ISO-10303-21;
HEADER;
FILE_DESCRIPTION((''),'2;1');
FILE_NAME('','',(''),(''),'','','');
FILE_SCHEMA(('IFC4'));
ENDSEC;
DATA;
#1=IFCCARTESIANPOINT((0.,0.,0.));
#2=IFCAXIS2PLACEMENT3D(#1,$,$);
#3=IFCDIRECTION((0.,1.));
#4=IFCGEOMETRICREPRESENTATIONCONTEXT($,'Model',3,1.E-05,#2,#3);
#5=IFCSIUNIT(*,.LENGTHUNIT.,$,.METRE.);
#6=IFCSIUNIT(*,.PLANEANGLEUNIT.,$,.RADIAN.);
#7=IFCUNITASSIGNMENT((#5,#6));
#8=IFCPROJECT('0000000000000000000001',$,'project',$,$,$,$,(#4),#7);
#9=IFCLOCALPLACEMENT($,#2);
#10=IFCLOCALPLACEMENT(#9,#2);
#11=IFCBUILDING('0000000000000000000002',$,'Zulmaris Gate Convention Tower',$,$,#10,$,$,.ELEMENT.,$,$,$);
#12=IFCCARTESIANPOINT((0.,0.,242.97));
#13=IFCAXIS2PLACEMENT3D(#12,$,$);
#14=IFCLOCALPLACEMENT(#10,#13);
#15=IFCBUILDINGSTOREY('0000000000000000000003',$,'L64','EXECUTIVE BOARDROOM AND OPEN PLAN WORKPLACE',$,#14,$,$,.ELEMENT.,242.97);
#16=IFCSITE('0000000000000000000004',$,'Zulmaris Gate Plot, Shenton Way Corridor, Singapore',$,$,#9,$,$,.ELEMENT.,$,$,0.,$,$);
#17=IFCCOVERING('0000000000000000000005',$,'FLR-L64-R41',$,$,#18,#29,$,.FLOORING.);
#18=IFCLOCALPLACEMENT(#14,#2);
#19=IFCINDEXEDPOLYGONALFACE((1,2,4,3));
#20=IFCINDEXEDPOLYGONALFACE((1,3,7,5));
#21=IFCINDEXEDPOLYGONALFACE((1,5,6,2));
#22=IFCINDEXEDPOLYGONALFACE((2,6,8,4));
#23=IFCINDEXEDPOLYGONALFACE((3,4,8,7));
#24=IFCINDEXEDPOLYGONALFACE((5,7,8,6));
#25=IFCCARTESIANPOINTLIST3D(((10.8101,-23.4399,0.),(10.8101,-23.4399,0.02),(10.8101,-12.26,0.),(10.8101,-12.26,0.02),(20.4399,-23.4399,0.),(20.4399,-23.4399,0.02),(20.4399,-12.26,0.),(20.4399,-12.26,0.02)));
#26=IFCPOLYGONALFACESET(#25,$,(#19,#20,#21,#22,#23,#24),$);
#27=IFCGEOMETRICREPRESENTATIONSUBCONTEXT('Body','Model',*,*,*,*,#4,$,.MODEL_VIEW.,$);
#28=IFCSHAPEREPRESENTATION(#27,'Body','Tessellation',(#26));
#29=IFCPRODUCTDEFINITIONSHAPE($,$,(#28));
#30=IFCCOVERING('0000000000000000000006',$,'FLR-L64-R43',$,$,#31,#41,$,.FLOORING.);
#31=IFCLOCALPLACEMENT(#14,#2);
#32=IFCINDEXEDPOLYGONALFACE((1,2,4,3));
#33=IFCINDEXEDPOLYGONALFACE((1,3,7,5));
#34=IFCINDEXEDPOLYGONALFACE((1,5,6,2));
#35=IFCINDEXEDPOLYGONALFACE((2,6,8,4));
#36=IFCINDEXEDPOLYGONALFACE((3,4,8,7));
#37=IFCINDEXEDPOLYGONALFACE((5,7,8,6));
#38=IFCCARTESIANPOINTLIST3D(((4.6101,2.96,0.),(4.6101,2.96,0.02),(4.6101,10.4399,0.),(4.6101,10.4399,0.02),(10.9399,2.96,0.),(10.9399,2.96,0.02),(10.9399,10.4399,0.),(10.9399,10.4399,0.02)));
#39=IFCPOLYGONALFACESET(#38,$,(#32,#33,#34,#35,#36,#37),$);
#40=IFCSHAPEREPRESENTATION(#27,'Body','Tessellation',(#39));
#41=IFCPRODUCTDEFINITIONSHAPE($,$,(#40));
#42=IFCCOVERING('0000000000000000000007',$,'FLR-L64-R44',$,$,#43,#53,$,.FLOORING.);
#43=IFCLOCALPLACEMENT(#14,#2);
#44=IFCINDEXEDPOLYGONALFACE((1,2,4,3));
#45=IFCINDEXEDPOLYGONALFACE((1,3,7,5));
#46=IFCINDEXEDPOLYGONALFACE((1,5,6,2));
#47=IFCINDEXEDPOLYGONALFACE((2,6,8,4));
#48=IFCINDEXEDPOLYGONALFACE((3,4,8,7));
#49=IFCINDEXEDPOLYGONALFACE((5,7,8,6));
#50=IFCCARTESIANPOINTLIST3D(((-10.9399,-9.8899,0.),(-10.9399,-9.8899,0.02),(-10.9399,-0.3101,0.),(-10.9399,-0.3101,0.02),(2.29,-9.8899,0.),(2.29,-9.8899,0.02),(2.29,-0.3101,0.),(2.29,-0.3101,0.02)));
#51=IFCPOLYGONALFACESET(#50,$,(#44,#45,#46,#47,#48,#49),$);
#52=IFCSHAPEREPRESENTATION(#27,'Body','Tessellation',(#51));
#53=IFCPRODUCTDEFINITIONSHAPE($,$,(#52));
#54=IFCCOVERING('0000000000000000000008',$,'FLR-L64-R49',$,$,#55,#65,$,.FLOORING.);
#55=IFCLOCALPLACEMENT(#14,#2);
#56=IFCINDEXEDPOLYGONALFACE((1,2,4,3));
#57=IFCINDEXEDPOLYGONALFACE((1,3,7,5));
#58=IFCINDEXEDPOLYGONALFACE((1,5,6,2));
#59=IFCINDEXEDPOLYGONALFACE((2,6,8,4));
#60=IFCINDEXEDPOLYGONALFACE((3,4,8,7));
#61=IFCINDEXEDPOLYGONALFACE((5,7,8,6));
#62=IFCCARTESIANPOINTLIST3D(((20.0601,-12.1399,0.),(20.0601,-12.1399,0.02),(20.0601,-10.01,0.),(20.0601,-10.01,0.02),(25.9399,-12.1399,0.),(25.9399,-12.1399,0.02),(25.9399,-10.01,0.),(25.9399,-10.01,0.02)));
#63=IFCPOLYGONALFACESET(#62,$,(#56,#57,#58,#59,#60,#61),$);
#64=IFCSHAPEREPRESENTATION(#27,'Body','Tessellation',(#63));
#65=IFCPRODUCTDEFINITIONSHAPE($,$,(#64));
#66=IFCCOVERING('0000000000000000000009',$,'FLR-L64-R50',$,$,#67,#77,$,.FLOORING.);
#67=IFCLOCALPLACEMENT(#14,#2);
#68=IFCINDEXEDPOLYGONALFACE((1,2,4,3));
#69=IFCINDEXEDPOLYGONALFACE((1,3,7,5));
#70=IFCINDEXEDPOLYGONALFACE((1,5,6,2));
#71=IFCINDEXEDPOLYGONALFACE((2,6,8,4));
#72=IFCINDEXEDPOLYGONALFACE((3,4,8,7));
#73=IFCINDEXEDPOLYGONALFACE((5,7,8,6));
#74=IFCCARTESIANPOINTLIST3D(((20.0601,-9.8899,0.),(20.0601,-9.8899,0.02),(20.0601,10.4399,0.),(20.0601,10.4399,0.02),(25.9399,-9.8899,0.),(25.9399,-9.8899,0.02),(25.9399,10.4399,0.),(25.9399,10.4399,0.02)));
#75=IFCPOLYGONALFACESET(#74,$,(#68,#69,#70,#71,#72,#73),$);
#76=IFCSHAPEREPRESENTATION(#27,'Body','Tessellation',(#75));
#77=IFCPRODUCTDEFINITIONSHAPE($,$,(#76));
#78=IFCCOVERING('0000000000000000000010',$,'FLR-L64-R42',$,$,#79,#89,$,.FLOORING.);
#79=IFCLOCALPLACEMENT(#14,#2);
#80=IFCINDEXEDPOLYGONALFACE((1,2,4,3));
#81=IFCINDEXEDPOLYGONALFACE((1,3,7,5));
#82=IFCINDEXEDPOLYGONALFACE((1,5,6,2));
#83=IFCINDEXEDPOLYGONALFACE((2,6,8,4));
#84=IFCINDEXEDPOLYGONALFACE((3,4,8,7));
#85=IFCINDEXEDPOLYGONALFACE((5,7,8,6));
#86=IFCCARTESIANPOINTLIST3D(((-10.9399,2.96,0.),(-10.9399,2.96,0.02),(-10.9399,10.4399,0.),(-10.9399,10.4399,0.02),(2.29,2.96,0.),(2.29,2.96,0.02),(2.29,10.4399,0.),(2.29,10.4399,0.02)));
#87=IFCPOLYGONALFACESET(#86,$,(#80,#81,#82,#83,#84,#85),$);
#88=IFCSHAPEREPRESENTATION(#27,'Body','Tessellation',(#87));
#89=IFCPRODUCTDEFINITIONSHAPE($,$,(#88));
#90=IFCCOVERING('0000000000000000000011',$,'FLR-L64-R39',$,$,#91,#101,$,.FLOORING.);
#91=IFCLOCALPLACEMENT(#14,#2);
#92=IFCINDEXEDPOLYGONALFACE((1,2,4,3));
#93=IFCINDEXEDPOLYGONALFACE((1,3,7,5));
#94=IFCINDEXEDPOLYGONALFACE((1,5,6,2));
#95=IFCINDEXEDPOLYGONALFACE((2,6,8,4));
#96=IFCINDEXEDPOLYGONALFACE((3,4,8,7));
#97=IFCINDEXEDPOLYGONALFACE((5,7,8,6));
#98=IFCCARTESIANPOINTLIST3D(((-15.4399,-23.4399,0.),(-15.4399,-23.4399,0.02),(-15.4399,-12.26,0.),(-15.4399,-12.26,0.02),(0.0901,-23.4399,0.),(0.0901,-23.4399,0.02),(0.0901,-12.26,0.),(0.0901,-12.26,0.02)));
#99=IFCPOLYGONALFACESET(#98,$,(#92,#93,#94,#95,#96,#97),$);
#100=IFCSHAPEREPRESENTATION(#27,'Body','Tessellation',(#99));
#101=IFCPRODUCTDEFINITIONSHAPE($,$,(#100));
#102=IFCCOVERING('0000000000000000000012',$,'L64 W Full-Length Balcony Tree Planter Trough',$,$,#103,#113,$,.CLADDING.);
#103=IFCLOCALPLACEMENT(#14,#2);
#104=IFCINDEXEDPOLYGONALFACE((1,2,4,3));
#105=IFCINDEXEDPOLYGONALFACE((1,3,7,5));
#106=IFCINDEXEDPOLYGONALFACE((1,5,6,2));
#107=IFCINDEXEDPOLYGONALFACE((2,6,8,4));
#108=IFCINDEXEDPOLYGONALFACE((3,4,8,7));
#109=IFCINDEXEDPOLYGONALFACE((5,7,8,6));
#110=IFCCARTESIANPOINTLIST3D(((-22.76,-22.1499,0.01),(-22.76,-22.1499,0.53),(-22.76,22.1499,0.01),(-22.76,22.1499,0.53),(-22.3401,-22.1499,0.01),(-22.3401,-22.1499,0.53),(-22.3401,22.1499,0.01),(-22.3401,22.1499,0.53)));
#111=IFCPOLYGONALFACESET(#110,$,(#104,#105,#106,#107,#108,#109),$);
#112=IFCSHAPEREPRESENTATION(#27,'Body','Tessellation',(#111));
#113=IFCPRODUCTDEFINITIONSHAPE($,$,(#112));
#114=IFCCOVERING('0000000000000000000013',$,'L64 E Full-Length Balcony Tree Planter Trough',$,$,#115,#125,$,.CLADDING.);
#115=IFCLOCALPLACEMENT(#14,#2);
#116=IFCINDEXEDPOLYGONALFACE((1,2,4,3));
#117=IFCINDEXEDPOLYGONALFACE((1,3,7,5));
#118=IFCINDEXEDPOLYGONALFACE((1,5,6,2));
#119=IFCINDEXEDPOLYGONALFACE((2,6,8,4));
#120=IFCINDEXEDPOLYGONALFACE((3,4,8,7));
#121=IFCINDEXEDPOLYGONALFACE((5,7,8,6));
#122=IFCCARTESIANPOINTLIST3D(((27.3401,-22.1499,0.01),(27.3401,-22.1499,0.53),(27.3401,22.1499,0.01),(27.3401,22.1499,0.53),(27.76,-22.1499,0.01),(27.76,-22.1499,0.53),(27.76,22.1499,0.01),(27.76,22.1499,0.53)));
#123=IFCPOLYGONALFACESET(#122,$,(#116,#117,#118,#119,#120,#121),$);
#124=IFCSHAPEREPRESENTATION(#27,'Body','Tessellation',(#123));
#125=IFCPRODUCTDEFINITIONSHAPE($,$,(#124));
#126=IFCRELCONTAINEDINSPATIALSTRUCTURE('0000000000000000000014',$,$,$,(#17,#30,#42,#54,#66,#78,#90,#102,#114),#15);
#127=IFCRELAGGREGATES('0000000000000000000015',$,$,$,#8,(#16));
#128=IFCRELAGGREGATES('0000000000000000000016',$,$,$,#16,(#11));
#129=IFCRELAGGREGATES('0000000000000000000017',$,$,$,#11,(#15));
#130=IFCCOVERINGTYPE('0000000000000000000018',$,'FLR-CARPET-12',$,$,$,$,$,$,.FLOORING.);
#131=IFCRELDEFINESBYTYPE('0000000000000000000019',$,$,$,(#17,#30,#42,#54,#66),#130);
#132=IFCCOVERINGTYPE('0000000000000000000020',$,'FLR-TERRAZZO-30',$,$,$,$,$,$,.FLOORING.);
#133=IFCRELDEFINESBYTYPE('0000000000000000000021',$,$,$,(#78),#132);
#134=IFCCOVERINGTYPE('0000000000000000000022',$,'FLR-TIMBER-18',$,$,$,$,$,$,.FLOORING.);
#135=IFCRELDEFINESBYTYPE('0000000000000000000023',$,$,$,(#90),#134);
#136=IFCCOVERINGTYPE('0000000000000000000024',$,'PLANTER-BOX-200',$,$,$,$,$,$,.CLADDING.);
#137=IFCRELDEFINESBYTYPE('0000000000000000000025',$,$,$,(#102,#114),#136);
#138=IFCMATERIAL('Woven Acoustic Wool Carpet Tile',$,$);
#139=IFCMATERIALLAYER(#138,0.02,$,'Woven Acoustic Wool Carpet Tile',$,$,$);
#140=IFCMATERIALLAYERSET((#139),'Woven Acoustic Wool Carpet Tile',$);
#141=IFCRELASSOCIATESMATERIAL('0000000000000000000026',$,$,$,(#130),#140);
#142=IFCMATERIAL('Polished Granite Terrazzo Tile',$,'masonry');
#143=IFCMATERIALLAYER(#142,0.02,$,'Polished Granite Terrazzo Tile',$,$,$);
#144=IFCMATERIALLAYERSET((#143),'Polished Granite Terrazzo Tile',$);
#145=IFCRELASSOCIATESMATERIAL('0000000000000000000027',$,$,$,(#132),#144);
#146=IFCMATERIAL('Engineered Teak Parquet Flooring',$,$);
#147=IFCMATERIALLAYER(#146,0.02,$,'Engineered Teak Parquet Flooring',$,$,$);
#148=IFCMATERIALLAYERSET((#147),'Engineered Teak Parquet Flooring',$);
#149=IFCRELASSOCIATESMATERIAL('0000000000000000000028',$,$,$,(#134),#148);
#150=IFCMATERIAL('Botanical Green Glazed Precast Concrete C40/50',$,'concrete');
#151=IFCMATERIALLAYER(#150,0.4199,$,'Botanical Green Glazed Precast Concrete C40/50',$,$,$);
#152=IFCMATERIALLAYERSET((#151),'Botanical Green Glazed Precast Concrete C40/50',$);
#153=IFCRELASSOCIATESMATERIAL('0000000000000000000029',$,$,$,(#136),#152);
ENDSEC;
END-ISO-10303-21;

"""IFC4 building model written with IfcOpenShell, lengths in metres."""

from ifc_helpers import new_model, si_unit, direction, frame, origin, place, context, subcontext, project, spatial, polyline, outline, extrude, material, layer, layer_set, type_object, element, save


model = new_model("IFC4")

# Units and contexts
model_context = context("Model", 3, precision=1e-05, world=origin(), true_north=direction((0.0, 1.0)))
body_context = subcontext(model_context, "Body", "Model", "MODEL_VIEW")
ifc_project = project(units=[si_unit("LENGTHUNIT", "METRE"), si_unit("PLANEANGLEUNIT", "RADIAN")], contexts=[model_context])

# Site, building, storey
site_placement = place(None, origin())
site = spatial("IfcSite", under=ifc_project, at=site_placement, Name="Zulmaris Gate Plot, Shenton Way Corridor, Singapore", CompositionType="ELEMENT", RefElevation=0.0)
building_placement = place(site_placement, origin())
building = spatial("IfcBuilding", under=site, at=building_placement, Name="Zulmaris Gate Convention Tower", CompositionType="ELEMENT")
storey_placement = place(building_placement, frame((0.0, 0.0, 242.97)))
storey = spatial("IfcBuildingStorey", under=building, at=storey_placement, Name="L64", Description="EXECUTIVE BOARDROOM AND OPEN PLAN WORKPLACE", CompositionType="ELEMENT", Elevation=242.97)

# Coverings
ifc_material_1 = material(Name="Woven Acoustic Wool Carpet Tile")
ifc_layer_1 = layer(ifc_material_1, 0.02, Name="Woven Acoustic Wool Carpet Tile")
ifc_layer_set_1 = layer_set([ifc_layer_1], Name="Woven Acoustic Wool Carpet Tile")
covering_type_1 = type_object("IfcCoveringType", Name="FLR-CARPET-12", PredefinedType="FLOORING", material=ifc_layer_set_1)
covering_1_placement = place(storey_placement, origin())
element("IfcCovering", 1, at=covering_1_placement, inside=storey, type_object=covering_type_1, Name="FLR-L64-R41", PredefinedType="FLOORING", context=body_context, shape_type="SweptSolid", body=[
    extrude(outline(polyline([(10.8101, -23.4399), (20.4399, -23.4399), (20.4399, -12.26), (10.8101, -12.26), (10.8101, -23.4399)])), origin(), (0.0, 0.0, 1.0), 0.02),
])
covering_2_placement = place(storey_placement, origin())
element("IfcCovering", 2, at=covering_2_placement, inside=storey, type_object=covering_type_1, Name="FLR-L64-R43", PredefinedType="FLOORING", context=body_context, shape_type="SweptSolid", body=[
    extrude(outline(polyline([(4.6101, 2.96), (10.9399, 2.96), (10.9399, 10.4399), (4.6101, 10.4399), (4.6101, 2.96)])), origin(), (0.0, 0.0, 1.0), 0.02),
])
covering_3_placement = place(storey_placement, origin())
element("IfcCovering", 3, at=covering_3_placement, inside=storey, type_object=covering_type_1, Name="FLR-L64-R44", PredefinedType="FLOORING", context=body_context, shape_type="SweptSolid", body=[
    extrude(outline(polyline([(-10.9399, -9.8899), (2.29, -9.8899), (2.29, -0.3101), (-10.9399, -0.3101), (-10.9399, -9.8899)])), origin(), (0.0, 0.0, 1.0), 0.02),
])
covering_4_placement = place(storey_placement, origin())
element("IfcCovering", 4, at=covering_4_placement, inside=storey, type_object=covering_type_1, Name="FLR-L64-R49", PredefinedType="FLOORING", context=body_context, shape_type="SweptSolid", body=[
    extrude(outline(polyline([(20.0601, -12.1399), (25.9399, -12.1399), (25.9399, -10.01), (20.0601, -10.01), (20.0601, -12.1399)])), origin(), (0.0, 0.0, 1.0), 0.02),
])
covering_5_placement = place(storey_placement, origin())
element("IfcCovering", 5, at=covering_5_placement, inside=storey, type_object=covering_type_1, Name="FLR-L64-R50", PredefinedType="FLOORING", context=body_context, shape_type="SweptSolid", body=[
    extrude(outline(polyline([(20.0601, -9.8899), (25.9399, -9.8899), (25.9399, 10.4399), (20.0601, 10.4399), (20.0601, -9.8899)])), origin(), (0.0, 0.0, 1.0), 0.02),
])
ifc_material_2 = material(Name="Polished Granite Terrazzo Tile", Category="masonry")
ifc_layer_2 = layer(ifc_material_2, 0.02, Name="Polished Granite Terrazzo Tile")
ifc_layer_set_2 = layer_set([ifc_layer_2], Name="Polished Granite Terrazzo Tile")
covering_type_2 = type_object("IfcCoveringType", Name="FLR-TERRAZZO-30", PredefinedType="FLOORING", material=ifc_layer_set_2)
covering_6_placement = place(storey_placement, origin())
element("IfcCovering", 6, at=covering_6_placement, inside=storey, type_object=covering_type_2, Name="FLR-L64-R42", PredefinedType="FLOORING", context=body_context, shape_type="SweptSolid", body=[
    extrude(outline(polyline([(-10.9399, 2.96), (2.29, 2.96), (2.29, 10.4399), (-10.9399, 10.4399), (-10.9399, 2.96)])), origin(), (0.0, 0.0, 1.0), 0.02),
])
ifc_material_3 = material(Name="Engineered Teak Parquet Flooring")
ifc_layer_3 = layer(ifc_material_3, 0.02, Name="Engineered Teak Parquet Flooring")
ifc_layer_set_3 = layer_set([ifc_layer_3], Name="Engineered Teak Parquet Flooring")
covering_type_3 = type_object("IfcCoveringType", Name="FLR-TIMBER-18", PredefinedType="FLOORING", material=ifc_layer_set_3)
covering_7_placement = place(storey_placement, origin())
element("IfcCovering", 7, at=covering_7_placement, inside=storey, type_object=covering_type_3, Name="FLR-L64-R39", PredefinedType="FLOORING", context=body_context, shape_type="SweptSolid", body=[
    extrude(outline(polyline([(-15.4399, -23.4399), (0.0901, -23.4399), (0.0901, -12.26), (-15.4399, -12.26), (-15.4399, -23.4399)])), origin(), (0.0, 0.0, 1.0), 0.02),
])
ifc_material_4 = material(Name="Botanical Green Glazed Precast Concrete C40/50", Category="concrete")
ifc_layer_4 = layer(ifc_material_4, 0.4199, Name="Botanical Green Glazed Precast Concrete C40/50")
ifc_layer_set_4 = layer_set([ifc_layer_4], Name="Botanical Green Glazed Precast Concrete C40/50")
covering_type_4 = type_object("IfcCoveringType", Name="PLANTER-BOX-200", PredefinedType="CLADDING", material=ifc_layer_set_4)
covering_8_placement = place(storey_placement, frame((0.0, 0.0, 0.01)))
element("IfcCovering", 8, at=covering_8_placement, inside=storey, type_object=covering_type_4, Name="L64 W Full-Length Balcony Tree Planter Trough", PredefinedType="CLADDING", context=body_context, shape_type="SweptSolid", body=[
    extrude(outline(polyline([(-22.76, -22.1499), (-22.3401, -22.1499), (-22.3401, 22.1499), (-22.76, 22.1499), (-22.76, -22.1499)])), origin(), (0.0, 0.0, 1.0), 0.52),
])
covering_9_placement = place(storey_placement, frame((0.0, 0.0, 0.01)))
element("IfcCovering", 9, at=covering_9_placement, inside=storey, type_object=covering_type_4, Name="L64 E Full-Length Balcony Tree Planter Trough", PredefinedType="CLADDING", context=body_context, shape_type="SweptSolid", body=[
    extrude(outline(polyline([(27.3401, -22.1499), (27.76, -22.1499), (27.76, 22.1499), (27.3401, 22.1499), (27.3401, -22.1499)])), origin(), (0.0, 0.0, 1.0), 0.52),
])

save(model, "model.ifc")
